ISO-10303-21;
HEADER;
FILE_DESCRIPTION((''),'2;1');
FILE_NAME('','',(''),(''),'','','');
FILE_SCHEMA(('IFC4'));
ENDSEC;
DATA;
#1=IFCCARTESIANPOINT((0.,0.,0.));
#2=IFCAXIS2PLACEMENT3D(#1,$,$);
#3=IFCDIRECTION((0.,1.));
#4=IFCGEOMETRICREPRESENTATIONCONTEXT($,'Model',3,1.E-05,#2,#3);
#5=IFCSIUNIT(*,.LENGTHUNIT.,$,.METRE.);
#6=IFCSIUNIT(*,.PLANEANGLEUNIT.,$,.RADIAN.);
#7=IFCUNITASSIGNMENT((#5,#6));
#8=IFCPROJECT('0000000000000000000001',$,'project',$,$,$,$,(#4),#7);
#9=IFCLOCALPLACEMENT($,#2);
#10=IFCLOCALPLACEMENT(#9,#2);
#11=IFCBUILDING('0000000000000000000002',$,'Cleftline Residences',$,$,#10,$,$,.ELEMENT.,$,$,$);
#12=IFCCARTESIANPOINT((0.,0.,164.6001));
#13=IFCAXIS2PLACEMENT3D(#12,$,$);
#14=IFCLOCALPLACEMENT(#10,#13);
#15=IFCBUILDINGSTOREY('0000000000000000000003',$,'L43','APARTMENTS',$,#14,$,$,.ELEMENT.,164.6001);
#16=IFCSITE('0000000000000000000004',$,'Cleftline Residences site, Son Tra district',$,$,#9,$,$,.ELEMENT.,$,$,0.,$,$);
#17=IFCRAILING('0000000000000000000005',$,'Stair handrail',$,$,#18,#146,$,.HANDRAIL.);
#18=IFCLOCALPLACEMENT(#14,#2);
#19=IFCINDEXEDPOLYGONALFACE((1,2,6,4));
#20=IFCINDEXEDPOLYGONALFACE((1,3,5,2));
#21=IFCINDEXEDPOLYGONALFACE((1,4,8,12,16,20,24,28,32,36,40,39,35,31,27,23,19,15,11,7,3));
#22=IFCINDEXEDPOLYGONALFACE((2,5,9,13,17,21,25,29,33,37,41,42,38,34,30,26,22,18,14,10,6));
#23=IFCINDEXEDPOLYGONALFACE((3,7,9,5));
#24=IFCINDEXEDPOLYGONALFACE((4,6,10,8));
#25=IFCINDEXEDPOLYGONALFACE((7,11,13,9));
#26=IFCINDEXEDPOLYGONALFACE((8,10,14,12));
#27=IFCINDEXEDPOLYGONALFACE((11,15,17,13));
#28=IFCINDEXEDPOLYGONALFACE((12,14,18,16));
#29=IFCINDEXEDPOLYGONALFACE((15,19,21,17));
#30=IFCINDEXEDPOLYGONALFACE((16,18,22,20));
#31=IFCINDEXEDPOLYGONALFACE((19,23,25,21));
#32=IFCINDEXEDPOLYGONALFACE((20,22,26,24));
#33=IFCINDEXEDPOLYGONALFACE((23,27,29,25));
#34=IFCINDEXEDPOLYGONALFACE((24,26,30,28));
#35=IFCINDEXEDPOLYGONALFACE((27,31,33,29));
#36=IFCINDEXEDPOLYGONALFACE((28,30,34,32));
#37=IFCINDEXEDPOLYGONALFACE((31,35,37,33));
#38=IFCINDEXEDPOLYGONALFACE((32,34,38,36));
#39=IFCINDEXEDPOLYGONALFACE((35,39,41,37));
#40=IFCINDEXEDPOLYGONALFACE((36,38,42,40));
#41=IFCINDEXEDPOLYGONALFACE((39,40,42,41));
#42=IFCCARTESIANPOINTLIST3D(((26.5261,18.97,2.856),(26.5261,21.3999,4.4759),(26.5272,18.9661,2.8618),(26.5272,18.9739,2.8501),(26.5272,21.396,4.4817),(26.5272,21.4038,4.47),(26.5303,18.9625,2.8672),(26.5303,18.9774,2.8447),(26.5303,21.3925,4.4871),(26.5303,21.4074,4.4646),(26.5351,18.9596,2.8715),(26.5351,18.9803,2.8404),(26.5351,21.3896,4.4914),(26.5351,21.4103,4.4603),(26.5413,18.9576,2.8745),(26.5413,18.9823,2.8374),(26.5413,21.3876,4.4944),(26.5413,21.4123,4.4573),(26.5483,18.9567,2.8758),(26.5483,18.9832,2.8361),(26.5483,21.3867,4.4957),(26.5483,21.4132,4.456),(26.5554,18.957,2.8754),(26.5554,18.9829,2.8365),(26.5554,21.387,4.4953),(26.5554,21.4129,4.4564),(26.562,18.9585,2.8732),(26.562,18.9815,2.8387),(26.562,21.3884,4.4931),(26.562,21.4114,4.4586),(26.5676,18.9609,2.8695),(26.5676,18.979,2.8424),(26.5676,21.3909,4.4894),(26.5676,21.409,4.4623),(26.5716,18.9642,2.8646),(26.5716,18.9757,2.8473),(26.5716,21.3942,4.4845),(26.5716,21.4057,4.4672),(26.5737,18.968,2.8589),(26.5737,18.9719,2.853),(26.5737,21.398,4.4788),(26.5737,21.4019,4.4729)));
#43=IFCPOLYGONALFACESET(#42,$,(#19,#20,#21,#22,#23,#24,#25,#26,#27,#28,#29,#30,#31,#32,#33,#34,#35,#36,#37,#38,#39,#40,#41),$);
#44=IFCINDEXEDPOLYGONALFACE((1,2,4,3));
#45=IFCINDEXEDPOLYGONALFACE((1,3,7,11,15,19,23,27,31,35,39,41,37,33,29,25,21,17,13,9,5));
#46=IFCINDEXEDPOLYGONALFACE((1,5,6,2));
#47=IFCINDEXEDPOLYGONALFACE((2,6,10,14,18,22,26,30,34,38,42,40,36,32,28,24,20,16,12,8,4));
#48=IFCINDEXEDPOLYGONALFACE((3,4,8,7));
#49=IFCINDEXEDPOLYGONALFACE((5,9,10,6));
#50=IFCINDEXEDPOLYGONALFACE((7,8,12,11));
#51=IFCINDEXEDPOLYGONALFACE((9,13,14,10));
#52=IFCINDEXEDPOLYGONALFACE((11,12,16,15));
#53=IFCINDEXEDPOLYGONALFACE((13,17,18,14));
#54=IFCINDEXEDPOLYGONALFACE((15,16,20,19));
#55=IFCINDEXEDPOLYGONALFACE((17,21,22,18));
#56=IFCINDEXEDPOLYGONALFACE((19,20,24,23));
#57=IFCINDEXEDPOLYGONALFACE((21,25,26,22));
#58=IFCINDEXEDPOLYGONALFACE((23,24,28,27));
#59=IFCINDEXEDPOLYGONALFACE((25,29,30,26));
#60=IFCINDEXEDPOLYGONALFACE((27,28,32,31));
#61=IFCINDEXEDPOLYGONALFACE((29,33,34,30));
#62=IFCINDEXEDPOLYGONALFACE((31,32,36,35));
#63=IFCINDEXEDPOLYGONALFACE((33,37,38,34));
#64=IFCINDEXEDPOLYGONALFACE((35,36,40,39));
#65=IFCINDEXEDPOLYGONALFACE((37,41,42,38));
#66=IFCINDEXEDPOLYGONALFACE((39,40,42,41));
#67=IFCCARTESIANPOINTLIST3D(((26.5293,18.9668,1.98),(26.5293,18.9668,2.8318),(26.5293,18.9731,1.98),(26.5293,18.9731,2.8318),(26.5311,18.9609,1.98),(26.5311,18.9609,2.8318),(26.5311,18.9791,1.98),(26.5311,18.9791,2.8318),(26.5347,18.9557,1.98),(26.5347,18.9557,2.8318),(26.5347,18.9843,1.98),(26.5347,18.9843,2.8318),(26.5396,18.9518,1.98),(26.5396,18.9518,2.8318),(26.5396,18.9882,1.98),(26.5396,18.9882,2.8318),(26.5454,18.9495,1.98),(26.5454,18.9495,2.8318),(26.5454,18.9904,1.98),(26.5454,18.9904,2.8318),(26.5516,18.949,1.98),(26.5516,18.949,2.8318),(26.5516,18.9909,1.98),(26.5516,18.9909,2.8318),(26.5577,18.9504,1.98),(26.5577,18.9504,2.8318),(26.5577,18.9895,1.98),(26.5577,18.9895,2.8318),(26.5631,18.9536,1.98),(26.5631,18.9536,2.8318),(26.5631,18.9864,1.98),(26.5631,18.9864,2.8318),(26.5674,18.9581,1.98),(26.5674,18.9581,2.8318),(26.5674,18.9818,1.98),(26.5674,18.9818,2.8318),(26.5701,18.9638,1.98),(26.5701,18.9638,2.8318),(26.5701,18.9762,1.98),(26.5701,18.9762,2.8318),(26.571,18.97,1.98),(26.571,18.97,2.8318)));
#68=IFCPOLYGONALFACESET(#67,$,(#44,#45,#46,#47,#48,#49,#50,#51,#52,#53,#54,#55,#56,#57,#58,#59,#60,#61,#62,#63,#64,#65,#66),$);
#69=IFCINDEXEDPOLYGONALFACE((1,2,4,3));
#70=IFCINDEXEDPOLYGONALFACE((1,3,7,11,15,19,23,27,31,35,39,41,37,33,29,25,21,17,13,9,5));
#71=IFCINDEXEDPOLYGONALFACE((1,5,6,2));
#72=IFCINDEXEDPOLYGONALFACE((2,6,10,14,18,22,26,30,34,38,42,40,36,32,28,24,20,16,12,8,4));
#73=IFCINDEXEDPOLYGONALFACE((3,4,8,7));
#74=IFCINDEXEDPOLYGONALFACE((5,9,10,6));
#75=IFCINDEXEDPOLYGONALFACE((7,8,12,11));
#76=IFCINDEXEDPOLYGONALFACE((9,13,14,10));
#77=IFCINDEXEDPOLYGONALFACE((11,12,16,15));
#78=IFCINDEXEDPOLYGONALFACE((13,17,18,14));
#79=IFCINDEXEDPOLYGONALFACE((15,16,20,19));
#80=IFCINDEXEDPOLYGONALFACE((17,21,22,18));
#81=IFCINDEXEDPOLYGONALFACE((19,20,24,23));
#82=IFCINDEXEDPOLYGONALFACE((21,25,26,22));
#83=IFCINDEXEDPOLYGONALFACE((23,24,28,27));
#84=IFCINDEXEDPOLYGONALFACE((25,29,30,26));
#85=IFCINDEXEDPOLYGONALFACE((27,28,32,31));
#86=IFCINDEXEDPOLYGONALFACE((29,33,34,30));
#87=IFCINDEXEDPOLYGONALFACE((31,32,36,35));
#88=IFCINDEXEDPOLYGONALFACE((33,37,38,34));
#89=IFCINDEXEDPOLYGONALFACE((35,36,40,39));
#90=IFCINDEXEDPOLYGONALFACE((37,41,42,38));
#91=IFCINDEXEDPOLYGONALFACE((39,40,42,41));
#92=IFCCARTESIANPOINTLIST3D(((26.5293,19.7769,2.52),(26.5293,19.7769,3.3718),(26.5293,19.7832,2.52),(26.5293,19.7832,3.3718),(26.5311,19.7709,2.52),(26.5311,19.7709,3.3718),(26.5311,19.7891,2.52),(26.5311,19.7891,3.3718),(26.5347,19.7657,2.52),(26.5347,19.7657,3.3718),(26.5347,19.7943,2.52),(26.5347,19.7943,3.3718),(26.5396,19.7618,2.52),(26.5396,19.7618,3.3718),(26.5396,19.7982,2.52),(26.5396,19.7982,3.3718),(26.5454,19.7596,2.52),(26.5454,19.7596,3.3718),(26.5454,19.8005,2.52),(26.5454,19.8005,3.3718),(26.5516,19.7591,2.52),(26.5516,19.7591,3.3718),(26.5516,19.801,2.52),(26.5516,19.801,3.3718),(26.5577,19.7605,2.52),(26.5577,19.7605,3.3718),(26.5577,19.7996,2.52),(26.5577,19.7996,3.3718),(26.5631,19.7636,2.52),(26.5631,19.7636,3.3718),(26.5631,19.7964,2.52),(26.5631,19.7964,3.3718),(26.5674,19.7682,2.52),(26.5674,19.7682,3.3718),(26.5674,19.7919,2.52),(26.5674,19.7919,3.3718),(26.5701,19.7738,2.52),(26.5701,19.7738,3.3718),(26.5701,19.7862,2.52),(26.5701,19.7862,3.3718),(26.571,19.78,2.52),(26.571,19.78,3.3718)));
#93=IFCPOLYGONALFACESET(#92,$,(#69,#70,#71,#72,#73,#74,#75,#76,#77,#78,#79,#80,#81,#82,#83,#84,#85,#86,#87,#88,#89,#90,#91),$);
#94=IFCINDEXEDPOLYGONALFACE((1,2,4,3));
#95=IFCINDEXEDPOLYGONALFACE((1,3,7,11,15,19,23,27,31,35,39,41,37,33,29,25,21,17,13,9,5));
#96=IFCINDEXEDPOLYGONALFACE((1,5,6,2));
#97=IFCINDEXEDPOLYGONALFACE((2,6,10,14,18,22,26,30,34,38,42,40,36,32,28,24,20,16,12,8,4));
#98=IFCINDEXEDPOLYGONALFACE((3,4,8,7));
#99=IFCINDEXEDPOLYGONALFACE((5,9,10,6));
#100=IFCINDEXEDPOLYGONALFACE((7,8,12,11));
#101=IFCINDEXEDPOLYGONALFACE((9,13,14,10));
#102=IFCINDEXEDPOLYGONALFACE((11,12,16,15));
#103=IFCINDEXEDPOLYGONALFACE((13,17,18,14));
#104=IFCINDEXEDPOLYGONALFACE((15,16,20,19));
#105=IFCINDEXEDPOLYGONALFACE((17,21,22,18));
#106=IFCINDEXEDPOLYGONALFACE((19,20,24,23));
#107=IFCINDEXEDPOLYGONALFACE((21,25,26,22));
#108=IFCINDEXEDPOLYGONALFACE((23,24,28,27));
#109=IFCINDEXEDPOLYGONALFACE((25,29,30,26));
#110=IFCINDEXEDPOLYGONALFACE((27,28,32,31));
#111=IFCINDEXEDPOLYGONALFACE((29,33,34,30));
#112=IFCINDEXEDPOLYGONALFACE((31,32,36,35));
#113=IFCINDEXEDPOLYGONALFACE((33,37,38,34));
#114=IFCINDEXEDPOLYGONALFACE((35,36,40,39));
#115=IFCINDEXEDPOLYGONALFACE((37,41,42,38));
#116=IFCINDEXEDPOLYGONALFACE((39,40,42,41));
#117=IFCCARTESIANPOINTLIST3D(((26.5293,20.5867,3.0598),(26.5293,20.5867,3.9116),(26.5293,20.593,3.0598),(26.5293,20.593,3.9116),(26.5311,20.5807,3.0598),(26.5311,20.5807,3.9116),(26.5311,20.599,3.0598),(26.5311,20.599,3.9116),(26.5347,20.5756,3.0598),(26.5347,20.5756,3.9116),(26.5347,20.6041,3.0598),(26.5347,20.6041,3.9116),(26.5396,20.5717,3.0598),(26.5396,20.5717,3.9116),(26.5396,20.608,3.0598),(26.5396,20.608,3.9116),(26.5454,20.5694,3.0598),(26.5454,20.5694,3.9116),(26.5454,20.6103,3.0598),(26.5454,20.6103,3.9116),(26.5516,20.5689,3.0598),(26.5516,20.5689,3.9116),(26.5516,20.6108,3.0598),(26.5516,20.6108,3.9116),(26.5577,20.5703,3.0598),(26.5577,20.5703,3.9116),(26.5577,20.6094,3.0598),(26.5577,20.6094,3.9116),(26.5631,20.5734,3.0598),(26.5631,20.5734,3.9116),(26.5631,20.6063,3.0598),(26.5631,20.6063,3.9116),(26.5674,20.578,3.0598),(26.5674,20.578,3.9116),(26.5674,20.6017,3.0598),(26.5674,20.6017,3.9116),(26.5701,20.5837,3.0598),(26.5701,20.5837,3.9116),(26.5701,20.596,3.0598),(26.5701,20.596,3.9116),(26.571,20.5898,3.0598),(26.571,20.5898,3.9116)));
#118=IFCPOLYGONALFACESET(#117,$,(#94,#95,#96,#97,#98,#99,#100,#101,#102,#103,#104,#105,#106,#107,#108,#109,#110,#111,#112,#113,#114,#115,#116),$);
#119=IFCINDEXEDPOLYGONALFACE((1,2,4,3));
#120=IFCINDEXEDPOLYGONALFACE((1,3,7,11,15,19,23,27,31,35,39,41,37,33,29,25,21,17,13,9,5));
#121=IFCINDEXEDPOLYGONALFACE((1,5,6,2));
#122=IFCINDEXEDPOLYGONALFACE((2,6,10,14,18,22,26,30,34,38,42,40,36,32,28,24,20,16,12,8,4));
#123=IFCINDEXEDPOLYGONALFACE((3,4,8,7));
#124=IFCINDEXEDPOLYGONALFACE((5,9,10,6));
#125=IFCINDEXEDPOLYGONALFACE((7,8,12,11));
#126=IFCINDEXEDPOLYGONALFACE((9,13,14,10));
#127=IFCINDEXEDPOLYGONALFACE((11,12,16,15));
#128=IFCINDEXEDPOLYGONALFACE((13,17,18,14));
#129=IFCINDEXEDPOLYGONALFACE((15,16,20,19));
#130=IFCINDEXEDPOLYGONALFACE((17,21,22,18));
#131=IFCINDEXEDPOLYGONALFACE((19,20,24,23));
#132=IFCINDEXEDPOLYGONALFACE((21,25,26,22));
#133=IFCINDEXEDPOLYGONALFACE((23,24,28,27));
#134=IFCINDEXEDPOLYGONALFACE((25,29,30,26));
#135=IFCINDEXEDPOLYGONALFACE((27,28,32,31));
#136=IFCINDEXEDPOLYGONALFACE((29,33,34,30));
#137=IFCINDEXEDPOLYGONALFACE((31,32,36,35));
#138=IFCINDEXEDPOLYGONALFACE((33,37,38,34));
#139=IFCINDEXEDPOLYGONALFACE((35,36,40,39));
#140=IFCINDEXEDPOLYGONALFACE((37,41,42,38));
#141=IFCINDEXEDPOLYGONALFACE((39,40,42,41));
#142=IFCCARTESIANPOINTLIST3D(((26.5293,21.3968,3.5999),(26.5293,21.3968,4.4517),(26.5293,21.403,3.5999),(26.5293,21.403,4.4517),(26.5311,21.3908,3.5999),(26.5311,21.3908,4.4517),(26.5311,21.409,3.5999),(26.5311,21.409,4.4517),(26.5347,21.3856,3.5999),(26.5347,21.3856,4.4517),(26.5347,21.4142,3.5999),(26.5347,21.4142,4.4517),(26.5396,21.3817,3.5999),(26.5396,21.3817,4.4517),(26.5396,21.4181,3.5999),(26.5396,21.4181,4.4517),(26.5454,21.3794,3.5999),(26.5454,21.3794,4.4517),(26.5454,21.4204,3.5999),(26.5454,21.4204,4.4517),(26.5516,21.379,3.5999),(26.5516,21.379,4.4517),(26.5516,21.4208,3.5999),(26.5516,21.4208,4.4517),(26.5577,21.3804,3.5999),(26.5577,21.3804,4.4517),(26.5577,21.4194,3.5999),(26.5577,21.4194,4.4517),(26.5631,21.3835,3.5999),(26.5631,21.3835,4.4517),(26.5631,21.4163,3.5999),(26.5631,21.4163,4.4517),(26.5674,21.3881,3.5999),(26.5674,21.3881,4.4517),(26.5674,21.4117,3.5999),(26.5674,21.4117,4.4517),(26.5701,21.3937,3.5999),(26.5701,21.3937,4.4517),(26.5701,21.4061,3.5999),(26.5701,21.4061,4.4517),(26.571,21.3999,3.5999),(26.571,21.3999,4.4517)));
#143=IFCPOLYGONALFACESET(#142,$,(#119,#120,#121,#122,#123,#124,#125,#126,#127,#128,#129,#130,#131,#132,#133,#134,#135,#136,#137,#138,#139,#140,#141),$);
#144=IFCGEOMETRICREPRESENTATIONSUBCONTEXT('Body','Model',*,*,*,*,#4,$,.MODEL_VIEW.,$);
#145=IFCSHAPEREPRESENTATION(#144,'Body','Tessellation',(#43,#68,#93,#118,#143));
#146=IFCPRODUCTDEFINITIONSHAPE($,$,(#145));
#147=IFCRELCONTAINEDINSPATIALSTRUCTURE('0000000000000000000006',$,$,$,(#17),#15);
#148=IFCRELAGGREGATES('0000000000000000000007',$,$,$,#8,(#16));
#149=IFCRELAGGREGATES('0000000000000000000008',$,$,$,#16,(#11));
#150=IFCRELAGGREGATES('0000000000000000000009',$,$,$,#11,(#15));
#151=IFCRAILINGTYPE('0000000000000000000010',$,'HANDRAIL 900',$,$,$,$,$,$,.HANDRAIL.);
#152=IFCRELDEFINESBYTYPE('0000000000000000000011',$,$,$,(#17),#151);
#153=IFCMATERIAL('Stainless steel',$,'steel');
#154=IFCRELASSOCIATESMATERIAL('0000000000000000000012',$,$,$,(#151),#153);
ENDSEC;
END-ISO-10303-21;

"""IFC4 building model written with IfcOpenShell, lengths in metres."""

from ifc_helpers import new_model, si_unit, direction, frame, origin, origin_2d, place, context, subcontext, project, spatial, circle, extrude, material, type_object, element, save


model = new_model("IFC4")

# Units and contexts
model_context = context("Model", 3, precision=1e-05, world=origin(), true_north=direction((0.0, 1.0)))
body_context = subcontext(model_context, "Body", "Model", "MODEL_VIEW")
ifc_project = project(units=[si_unit("LENGTHUNIT", "METRE"), si_unit("PLANEANGLEUNIT", "RADIAN")], contexts=[model_context])

# Site, building, storey
site_placement = place(None, origin())
site = spatial("IfcSite", under=ifc_project, at=site_placement, Name="Cleftline Residences site, Son Tra district", CompositionType="ELEMENT", RefElevation=0.0)
building_placement = place(site_placement, origin())
building = spatial("IfcBuilding", under=site, at=building_placement, Name="Cleftline Residences", CompositionType="ELEMENT")
storey_placement = place(building_placement, frame((0.0, 0.0, 164.6001)))
storey = spatial("IfcBuildingStorey", under=building, at=storey_placement, Name="L43", Description="APARTMENTS", CompositionType="ELEMENT", Elevation=164.6001)

# Railing
ifc_material_1 = material(Name="Stainless steel", Category="steel")
railing_type = type_object("IfcRailingType", Name="HANDRAIL 900", PredefinedType="HANDRAIL", material=ifc_material_1)
railing_1_placement = place(storey_placement, frame((26.55, 18.97, 1.98)))
element("IfcRailing", 1, at=railing_1_placement, inside=storey, type_object=railing_type, Name="Stair handrail", PredefinedType="HANDRAIL", context=body_context, shape_type="SweptSolid", body=[
    extrude(circle(Radius=0.0239, at=origin_2d()), frame((0.0, 0.0, 0.876), z_axis=(0.0, 0.832063, 0.554681), x_axis=(-1.0, 0.0, 0.0)), (0.0, 0.0, 1.0), 2.9204),
    extrude(circle(Radius=0.021, at=origin_2d()), origin(), (0.0, 0.0, 1.0), 0.8518),
    extrude(circle(Radius=0.021, at=origin_2d()), frame((0.0, 0.8101, 0.54)), (0.0, 0.0, 1.0), 0.8518),
    extrude(circle(Radius=0.021, at=origin_2d()), frame((0.0, 1.6199, 1.0798)), (0.0, 0.0, 1.0), 0.8518),
    extrude(circle(Radius=0.021, at=origin_2d()), frame((0.0, 2.4299, 1.6199)), (0.0, 0.0, 1.0), 0.8518),
])

save(model, "model.ifc")
